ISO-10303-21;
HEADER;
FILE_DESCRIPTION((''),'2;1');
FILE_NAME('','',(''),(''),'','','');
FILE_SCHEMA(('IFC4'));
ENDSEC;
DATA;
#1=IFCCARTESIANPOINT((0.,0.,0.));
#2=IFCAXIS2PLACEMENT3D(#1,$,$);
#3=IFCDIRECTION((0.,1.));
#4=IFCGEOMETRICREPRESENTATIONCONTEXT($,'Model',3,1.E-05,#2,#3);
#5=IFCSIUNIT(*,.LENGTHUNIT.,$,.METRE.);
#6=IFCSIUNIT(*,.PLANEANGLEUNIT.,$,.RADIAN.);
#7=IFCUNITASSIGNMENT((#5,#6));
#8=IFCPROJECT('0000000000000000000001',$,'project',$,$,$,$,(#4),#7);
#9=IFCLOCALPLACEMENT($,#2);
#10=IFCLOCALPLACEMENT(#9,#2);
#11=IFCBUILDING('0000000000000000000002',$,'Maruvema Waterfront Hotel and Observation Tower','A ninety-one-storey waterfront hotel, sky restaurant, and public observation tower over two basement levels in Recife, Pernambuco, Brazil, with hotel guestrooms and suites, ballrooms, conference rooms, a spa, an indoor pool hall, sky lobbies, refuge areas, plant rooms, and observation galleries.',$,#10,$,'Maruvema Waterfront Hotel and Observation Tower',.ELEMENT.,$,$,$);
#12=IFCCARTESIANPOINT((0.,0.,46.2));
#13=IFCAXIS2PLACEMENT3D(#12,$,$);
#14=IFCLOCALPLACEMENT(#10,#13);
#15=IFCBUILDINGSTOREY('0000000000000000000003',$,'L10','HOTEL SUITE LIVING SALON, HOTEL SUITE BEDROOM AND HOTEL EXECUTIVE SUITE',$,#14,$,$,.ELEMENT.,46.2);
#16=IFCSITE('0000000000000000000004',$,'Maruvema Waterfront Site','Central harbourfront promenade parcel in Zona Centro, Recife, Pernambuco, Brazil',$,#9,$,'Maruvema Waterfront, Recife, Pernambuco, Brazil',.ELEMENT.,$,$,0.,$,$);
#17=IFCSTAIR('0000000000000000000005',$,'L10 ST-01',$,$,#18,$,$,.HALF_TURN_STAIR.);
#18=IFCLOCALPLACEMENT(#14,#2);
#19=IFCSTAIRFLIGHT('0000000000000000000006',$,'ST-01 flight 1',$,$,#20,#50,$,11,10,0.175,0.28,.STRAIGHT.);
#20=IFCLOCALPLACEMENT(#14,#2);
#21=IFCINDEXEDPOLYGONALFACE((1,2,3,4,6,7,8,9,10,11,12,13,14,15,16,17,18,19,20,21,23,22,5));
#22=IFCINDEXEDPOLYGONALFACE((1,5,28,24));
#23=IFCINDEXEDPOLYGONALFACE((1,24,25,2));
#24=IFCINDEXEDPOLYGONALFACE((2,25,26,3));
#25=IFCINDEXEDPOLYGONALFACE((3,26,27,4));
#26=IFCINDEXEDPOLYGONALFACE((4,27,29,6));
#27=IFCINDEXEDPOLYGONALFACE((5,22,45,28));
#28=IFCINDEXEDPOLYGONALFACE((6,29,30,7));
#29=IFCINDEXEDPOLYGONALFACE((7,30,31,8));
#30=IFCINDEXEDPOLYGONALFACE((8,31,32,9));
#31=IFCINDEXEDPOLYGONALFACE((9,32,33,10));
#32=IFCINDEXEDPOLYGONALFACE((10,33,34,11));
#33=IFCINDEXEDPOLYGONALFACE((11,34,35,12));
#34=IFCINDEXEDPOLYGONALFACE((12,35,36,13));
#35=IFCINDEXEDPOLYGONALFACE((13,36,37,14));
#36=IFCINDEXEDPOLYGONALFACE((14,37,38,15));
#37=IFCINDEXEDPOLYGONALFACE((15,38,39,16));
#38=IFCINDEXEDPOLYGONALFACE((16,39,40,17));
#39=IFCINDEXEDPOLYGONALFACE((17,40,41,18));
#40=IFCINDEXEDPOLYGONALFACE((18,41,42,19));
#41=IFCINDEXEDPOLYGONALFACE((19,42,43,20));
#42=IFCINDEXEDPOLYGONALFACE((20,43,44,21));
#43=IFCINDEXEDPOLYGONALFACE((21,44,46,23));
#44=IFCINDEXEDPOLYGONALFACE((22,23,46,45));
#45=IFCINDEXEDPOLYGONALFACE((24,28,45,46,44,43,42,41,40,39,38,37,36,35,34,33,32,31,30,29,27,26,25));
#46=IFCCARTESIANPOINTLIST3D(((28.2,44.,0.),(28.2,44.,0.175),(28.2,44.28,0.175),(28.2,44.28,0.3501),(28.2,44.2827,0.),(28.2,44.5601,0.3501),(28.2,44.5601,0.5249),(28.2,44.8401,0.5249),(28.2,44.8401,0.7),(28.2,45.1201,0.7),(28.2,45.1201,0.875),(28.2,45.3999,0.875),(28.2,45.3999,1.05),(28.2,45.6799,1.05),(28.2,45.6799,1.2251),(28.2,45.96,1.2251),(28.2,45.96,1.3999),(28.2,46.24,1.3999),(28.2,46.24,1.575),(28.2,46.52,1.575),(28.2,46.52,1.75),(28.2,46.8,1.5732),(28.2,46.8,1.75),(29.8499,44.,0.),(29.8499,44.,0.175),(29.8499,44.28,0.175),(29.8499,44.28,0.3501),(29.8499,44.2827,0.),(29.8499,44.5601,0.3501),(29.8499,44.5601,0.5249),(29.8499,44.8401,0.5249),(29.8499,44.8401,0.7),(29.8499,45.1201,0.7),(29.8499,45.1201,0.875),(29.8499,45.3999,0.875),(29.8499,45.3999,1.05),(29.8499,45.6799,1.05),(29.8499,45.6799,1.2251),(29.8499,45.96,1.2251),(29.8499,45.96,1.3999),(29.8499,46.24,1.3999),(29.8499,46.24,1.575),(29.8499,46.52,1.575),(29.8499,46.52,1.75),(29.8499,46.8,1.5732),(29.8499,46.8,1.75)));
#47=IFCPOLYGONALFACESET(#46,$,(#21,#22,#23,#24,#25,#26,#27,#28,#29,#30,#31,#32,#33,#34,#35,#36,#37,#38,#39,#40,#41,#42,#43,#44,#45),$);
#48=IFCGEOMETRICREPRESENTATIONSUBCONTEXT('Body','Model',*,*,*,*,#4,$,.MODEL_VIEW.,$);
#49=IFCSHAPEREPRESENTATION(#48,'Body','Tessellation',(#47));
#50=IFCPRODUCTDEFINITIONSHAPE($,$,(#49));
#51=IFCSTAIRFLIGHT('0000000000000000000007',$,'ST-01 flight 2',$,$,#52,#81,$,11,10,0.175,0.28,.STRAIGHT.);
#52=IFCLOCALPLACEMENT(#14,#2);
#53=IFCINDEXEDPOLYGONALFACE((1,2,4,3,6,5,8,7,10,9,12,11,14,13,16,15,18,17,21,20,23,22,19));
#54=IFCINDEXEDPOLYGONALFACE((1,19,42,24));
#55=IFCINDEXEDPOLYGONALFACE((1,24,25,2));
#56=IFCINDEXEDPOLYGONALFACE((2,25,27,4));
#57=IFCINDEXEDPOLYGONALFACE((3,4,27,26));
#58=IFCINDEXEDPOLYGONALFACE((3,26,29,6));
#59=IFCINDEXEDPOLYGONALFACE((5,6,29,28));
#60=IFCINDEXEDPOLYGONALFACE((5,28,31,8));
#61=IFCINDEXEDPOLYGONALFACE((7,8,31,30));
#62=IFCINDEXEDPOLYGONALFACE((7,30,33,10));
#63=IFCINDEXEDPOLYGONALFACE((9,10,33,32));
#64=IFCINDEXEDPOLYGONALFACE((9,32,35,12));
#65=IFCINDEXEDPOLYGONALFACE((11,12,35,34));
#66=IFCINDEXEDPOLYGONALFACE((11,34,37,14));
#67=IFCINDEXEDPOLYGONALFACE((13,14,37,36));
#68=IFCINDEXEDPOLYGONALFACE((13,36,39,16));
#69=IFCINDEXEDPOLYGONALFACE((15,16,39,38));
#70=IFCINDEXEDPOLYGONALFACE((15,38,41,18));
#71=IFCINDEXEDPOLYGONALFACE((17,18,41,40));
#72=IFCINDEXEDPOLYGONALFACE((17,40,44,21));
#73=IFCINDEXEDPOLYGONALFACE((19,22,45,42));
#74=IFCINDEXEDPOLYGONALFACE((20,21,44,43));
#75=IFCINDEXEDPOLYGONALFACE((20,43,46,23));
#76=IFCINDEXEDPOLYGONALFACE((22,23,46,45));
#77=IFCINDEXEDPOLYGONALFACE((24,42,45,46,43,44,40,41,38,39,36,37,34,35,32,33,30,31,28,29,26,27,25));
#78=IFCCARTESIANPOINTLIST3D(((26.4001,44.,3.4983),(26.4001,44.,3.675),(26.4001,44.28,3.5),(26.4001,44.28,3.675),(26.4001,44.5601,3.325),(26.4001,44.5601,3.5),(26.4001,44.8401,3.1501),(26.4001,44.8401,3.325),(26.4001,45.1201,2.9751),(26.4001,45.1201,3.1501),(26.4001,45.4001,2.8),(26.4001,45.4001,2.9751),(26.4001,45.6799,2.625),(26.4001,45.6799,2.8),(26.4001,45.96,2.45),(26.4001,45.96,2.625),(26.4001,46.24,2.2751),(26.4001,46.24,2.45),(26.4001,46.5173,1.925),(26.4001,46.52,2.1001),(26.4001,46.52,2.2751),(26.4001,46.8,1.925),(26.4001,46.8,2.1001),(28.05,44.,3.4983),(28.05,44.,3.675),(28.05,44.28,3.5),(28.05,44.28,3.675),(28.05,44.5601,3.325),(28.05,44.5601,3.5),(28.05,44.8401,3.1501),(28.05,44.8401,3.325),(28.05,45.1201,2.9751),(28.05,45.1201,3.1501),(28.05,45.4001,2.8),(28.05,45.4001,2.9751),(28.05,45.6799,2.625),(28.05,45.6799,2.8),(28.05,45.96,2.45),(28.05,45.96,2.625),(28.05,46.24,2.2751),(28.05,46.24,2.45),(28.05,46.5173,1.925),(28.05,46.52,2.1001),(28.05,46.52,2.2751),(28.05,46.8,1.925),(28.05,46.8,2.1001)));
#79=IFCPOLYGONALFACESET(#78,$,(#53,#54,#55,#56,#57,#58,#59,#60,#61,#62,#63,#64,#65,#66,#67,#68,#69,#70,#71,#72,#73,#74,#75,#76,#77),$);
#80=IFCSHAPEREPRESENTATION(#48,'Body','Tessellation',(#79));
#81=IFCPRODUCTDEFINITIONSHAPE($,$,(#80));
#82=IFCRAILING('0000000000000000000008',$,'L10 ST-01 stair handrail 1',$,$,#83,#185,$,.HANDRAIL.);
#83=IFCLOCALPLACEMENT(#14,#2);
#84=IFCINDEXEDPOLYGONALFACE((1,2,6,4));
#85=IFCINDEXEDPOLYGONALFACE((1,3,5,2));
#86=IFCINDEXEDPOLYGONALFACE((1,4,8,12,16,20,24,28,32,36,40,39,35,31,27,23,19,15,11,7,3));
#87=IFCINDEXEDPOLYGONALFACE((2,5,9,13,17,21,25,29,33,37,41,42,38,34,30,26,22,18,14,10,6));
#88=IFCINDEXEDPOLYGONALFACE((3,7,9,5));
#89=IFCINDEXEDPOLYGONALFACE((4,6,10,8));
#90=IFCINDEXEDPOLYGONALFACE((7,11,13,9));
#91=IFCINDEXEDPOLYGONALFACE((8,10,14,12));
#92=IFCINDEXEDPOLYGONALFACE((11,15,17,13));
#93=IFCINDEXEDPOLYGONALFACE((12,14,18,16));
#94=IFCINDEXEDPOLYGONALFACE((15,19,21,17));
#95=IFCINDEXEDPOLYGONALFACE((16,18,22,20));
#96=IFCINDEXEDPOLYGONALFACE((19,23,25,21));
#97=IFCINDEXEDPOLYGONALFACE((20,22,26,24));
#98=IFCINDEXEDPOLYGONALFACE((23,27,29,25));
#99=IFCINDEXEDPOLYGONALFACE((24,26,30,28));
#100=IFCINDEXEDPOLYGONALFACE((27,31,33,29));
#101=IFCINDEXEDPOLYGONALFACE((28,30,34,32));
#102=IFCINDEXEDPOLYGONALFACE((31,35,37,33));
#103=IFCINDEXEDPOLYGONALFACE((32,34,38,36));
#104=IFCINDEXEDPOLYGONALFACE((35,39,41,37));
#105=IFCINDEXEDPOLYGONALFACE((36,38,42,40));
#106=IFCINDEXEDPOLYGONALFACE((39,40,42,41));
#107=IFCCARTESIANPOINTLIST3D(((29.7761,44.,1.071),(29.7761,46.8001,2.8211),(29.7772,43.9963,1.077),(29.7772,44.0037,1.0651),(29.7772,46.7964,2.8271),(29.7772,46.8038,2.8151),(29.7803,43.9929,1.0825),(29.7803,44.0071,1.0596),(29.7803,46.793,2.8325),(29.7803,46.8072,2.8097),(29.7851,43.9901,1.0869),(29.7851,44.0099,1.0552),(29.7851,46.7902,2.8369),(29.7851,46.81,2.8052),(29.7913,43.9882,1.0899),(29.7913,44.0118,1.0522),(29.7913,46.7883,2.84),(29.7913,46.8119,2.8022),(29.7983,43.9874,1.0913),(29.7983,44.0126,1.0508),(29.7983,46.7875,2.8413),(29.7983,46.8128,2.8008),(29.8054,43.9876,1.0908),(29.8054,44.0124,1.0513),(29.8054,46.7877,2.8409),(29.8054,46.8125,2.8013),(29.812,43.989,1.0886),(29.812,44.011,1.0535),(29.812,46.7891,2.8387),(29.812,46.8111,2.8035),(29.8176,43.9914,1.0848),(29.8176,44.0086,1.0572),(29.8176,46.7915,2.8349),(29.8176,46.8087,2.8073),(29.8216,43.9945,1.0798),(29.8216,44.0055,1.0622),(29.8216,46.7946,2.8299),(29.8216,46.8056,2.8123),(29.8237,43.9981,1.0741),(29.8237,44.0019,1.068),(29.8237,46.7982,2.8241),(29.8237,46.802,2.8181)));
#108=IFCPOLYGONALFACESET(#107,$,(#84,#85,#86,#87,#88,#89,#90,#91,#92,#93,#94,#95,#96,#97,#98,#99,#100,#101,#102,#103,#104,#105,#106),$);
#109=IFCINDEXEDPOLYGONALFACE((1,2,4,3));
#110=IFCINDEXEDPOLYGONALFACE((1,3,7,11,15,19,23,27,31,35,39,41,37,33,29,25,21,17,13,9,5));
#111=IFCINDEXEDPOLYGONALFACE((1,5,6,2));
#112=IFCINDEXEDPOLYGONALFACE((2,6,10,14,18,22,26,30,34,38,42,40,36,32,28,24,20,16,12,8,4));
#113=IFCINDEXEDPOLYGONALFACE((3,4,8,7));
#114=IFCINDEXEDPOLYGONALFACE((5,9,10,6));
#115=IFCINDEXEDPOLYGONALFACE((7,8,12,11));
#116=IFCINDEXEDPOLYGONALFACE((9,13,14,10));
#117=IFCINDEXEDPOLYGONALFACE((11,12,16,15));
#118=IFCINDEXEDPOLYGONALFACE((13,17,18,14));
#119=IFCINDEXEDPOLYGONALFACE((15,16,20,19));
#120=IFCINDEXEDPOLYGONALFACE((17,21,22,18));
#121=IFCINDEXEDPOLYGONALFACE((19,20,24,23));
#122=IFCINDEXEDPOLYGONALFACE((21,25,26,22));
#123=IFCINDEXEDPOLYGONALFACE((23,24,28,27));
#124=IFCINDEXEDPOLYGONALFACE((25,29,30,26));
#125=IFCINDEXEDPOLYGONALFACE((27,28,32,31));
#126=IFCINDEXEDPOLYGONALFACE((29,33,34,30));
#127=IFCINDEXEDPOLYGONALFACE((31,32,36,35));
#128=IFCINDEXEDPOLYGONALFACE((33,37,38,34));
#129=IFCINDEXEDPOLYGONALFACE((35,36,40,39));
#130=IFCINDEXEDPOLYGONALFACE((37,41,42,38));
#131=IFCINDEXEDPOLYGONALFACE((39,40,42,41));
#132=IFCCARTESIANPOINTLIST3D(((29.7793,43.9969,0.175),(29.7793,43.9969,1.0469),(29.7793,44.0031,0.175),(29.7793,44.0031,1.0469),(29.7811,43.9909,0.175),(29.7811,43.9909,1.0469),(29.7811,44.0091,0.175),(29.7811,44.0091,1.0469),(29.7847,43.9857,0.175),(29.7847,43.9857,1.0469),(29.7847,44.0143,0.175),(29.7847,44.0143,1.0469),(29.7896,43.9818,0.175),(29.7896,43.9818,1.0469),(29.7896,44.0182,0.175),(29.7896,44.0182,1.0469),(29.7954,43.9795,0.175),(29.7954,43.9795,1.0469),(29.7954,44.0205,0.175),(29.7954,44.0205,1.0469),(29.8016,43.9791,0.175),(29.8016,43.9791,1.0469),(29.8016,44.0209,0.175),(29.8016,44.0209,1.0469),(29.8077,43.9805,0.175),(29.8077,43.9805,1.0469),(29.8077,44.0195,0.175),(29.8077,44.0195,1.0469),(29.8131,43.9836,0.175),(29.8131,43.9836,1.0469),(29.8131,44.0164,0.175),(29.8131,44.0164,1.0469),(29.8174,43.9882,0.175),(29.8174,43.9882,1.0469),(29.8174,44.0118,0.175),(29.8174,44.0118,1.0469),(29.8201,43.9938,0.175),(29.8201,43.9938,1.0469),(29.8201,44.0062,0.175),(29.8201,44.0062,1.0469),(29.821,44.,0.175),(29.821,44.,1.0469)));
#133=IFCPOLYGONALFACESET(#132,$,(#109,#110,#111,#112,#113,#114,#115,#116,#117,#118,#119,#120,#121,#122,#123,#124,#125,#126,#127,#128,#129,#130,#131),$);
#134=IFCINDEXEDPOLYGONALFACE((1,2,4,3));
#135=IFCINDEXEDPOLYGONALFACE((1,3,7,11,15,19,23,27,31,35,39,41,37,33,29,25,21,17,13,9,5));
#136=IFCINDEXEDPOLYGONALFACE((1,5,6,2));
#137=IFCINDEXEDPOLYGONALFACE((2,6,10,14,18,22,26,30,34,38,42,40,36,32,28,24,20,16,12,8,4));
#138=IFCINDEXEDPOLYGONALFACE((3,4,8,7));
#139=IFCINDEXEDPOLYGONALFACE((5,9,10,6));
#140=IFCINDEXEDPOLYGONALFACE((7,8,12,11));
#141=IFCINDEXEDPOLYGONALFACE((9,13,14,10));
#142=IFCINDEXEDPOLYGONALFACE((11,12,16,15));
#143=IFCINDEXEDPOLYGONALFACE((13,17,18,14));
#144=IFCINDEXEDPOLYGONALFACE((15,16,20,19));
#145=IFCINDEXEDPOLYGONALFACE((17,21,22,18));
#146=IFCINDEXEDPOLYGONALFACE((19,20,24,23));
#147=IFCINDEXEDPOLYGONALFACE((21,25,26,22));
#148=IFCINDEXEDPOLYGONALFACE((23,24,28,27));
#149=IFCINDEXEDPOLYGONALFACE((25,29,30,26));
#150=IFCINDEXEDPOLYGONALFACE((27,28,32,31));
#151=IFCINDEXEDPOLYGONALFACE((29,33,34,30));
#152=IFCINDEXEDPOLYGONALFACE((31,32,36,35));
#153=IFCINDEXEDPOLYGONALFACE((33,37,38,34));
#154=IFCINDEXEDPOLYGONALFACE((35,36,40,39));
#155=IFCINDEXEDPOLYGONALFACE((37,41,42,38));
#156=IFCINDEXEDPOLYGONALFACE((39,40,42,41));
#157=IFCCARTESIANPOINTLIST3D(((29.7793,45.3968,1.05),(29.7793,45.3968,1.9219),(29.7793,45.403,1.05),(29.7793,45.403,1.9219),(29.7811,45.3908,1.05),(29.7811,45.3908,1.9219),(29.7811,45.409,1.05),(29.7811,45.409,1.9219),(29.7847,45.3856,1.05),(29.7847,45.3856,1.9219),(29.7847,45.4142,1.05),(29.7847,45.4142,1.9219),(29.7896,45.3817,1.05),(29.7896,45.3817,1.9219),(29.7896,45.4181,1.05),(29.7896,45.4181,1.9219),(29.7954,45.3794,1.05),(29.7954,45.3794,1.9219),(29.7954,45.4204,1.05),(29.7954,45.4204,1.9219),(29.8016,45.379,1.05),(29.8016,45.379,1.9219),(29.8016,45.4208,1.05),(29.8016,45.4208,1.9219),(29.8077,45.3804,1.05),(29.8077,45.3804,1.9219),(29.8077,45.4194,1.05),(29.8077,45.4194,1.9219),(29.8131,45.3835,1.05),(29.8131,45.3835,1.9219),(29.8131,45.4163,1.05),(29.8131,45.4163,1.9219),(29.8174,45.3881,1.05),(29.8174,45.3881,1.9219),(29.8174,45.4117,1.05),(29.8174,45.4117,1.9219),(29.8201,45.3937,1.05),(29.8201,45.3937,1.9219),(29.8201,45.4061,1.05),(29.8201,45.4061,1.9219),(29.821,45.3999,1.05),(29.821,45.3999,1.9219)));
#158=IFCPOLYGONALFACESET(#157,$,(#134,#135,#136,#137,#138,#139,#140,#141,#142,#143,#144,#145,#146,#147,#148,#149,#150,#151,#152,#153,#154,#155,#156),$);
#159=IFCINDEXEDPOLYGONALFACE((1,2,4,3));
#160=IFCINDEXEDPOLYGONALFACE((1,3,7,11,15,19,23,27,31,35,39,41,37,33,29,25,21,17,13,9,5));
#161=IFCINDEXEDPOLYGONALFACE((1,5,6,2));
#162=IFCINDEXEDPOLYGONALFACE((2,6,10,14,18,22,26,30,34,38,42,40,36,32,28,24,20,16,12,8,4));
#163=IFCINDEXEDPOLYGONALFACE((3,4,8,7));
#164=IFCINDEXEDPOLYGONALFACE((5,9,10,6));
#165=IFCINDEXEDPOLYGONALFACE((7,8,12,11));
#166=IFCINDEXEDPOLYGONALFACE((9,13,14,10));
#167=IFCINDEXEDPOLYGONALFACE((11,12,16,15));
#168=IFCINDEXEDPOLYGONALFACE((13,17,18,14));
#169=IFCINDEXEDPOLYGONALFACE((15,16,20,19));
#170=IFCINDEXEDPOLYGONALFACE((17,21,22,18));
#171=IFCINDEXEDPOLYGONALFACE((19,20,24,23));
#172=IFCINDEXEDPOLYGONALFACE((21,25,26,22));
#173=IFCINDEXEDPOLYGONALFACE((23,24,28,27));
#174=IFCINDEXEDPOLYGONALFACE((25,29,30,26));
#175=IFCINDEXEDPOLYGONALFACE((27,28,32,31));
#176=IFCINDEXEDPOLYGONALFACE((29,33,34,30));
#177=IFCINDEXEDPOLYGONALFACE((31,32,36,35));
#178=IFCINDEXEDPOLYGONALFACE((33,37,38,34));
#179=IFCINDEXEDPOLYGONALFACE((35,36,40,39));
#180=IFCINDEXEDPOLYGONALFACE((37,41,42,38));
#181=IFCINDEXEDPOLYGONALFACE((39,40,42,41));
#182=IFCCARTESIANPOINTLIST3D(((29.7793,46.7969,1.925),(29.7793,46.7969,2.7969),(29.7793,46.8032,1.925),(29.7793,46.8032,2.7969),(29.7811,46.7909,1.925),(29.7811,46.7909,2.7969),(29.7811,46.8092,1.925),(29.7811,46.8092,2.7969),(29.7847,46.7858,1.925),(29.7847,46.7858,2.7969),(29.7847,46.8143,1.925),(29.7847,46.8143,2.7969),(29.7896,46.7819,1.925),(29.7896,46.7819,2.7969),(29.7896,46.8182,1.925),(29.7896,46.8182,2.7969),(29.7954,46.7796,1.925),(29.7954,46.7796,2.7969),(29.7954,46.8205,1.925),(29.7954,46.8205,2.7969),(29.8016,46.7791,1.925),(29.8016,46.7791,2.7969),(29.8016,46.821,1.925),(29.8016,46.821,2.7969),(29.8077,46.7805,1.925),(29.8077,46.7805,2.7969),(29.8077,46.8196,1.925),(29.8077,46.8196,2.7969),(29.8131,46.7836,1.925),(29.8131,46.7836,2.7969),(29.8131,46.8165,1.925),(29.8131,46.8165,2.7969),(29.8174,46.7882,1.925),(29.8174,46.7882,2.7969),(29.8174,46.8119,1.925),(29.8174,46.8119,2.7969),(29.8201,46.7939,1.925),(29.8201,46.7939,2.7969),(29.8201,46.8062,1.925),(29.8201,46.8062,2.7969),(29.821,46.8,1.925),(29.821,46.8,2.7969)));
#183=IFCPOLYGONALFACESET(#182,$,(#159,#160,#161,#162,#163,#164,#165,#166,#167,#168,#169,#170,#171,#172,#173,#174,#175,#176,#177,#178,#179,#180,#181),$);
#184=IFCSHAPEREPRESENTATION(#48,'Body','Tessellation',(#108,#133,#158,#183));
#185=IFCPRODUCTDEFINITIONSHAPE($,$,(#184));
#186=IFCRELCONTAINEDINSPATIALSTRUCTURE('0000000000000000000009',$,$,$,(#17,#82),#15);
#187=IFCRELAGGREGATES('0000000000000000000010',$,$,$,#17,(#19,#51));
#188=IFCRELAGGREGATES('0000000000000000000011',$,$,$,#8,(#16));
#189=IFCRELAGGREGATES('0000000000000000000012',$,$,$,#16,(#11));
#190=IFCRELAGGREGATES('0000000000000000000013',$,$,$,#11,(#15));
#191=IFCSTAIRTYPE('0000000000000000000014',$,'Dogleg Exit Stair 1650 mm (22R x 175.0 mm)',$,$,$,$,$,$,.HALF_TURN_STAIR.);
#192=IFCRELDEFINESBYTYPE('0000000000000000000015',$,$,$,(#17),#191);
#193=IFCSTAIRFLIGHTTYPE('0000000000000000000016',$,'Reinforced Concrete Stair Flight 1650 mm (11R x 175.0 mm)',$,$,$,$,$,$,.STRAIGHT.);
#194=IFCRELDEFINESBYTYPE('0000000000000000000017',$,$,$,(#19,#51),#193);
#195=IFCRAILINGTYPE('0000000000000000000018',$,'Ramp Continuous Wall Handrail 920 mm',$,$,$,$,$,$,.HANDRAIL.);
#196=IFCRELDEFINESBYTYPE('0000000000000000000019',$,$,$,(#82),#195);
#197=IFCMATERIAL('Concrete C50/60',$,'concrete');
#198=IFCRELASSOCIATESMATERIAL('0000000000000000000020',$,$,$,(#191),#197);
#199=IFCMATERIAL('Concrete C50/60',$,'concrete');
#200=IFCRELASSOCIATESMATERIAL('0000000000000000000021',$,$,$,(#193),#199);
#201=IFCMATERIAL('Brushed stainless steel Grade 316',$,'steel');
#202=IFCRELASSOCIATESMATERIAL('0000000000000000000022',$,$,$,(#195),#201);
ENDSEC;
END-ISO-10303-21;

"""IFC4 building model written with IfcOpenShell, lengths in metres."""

from ifc_helpers import new_model, si_unit, direction, frame, origin, origin_2d, place, context, subcontext, project, spatial, polyline, circle, outline, extrude, material, type_object, element, aggregate, save


model = new_model("IFC4")

# Units and contexts
model_context = context("Model", 3, precision=1e-05, world=origin(), true_north=direction((0.0, 1.0)))
body_context = subcontext(model_context, "Body", "Model", "MODEL_VIEW")
ifc_project = project(units=[si_unit("LENGTHUNIT", "METRE"), si_unit("PLANEANGLEUNIT", "RADIAN")], contexts=[model_context])

# Site, building, storey
site_placement = place(None, origin())
site = spatial("IfcSite", under=ifc_project, at=site_placement, Name="Maruvema Waterfront Site", Description="Central harbourfront promenade parcel in Zona Centro, Recife, Pernambuco, Brazil", LongName="Maruvema Waterfront, Recife, Pernambuco, Brazil", CompositionType="ELEMENT", RefElevation=0.0)
building_placement = place(site_placement, origin())
building = spatial("IfcBuilding", under=site, at=building_placement, Name="Maruvema Waterfront Hotel and Observation Tower", Description="A ninety-one-storey waterfront hotel, sky restaurant, and public observation tower over two basement levels in Recife, Pernambuco, Brazil, with hotel guestrooms and suites, ballrooms, conference rooms, a spa, an indoor pool hall, sky lobbies, refuge areas, plant rooms, and observation galleries.", LongName="Maruvema Waterfront Hotel and Observation Tower", CompositionType="ELEMENT")
storey_placement = place(building_placement, frame((0.0, 0.0, 46.2)))
storey = spatial("IfcBuildingStorey", under=building, at=storey_placement, Name="L10", Description="HOTEL SUITE LIVING SALON, HOTEL SUITE BEDROOM AND HOTEL EXECUTIVE SUITE", CompositionType="ELEMENT", Elevation=46.2)

# Stair, stair flights
ifc_material_1 = material(Name="Concrete C50/60", Category="concrete")
stair_type = type_object("IfcStairType", Name="Dogleg Exit Stair 1650 mm (22R x 175.0 mm)", PredefinedType="HALF_TURN_STAIR", material=ifc_material_1)
stair_placement = place(storey_placement, origin())
stair = element("IfcStair", 1, at=stair_placement, inside=storey, type_object=stair_type, Name="L10 ST-01", PredefinedType="HALF_TURN_STAIR")
ifc_material_2 = material(Name="Concrete C50/60", Category="concrete")
stair_flight_type = type_object("IfcStairFlightType", Name="Reinforced Concrete Stair Flight 1650 mm (11R x 175.0 mm)", PredefinedType="STRAIGHT", material=ifc_material_2)
stair_flight_1_placement = place(storey_placement, frame((29.0249, 44.0, 0.0), z_axis=(0.0, 0.0, 1.0), x_axis=(0.0, 1.0, 0.0)))
stair_flight_1 = element("IfcStairFlight", 2, at=stair_flight_1_placement, type_object=stair_flight_type, Name="ST-01 flight 1", NumberOfRisers=11, NumberOfTreads=10, PredefinedType="STRAIGHT", RiserHeight=0.175, TreadLength=0.28, context=body_context, shape_type="SweptSolid", body=[
    extrude(outline(polyline([(0.0, 0.0), (0.0, 0.175), (0.28, 0.175), (0.28, 0.3501), (0.5601, 0.3501), (0.5601, 0.5249), (0.8401, 0.5249), (0.8401, 0.7), (1.1201, 0.7), (1.1201, 0.875), (1.3999, 0.875), (1.3999, 1.05), (1.6799, 1.05), (1.6799, 1.2251), (1.96, 1.2251), (1.96, 1.3999), (2.24, 1.3999), (2.24, 1.575), (2.52, 1.575), (2.52, 1.75), (2.8, 1.75), (2.8, 1.925), (2.8, 1.5732), (0.2827, 0.0), (0.0, 0.0)])), frame((0.0, 0.825, 0.0), z_axis=(0.0, -1.0, 0.0), x_axis=(1.0, 0.0, 0.0)), (0.0, 0.0, 1.0), 1.6499),
])
stair_flight_2_placement = place(storey_placement, frame((27.2251, 46.8, 1.925), z_axis=(0.0, 0.0, 1.0), x_axis=(0.0, -1.0, 0.0)))
stair_flight_2 = element("IfcStairFlight", 3, at=stair_flight_2_placement, type_object=stair_flight_type, Name="ST-01 flight 2", NumberOfRisers=11, NumberOfTreads=10, PredefinedType="STRAIGHT", RiserHeight=0.175, TreadLength=0.28, context=body_context, shape_type="SweptSolid", body=[
    extrude(outline(polyline([(0.0, 0.0), (0.0, 0.175), (0.28, 0.175), (0.28, 0.3501), (0.5601, 0.3501), (0.5601, 0.5249), (0.8401, 0.5249), (0.8401, 0.7), (1.1201, 0.7), (1.1201, 0.875), (1.3999, 0.875), (1.3999, 1.05), (1.6799, 1.05), (1.6799, 1.2251), (1.96, 1.2251), (1.96, 1.3999), (2.24, 1.3999), (2.24, 1.575), (2.52, 1.575), (2.52, 1.75), (2.8, 1.75), (2.8, 1.925), (2.8, 1.5732), (0.2827, 0.0), (0.0, 0.0)])), frame((0.0, 0.825, 0.0), z_axis=(0.0, -1.0, 0.0), x_axis=(1.0, 0.0, 0.0)), (0.0, 0.0, 1.0), 1.6499),
])
aggregate(stair, [stair_flight_1, stair_flight_2])

# Railing
ifc_material_3 = material(Name="Brushed stainless steel Grade 316", Category="steel")
railing_type_1 = type_object("IfcRailingType", Name="Ramp Continuous Wall Handrail 920 mm", PredefinedType="HANDRAIL", material=ifc_material_3)
railing_1_placement = place(storey_placement, frame((29.8, 44.0, 0.175)))
element("IfcRailing", 4, at=railing_1_placement, inside=storey, type_object=railing_type_1, Name="L10 ST-01 stair handrail 1", PredefinedType="HANDRAIL", context=body_context, shape_type="SweptSolid", body=[
    extrude(circle(Radius=0.0239, at=origin_2d()), frame((0.0, 0.0, 0.896), z_axis=(0.0, 0.848002, 0.529992), x_axis=(-1.0, 0.0, 0.0)), (0.0, 0.0, 1.0), 3.302),
    extrude(circle(Radius=0.021, at=origin_2d()), origin(), (0.0, 0.0, 1.0), 0.8718),
    extrude(circle(Radius=0.021, at=origin_2d()), frame((0.0, 1.3999, 0.875)), (0.0, 0.0, 1.0), 0.8718),
    extrude(circle(Radius=0.021, at=origin_2d()), frame((0.0, 2.8, 1.75)), (0.0, 0.0, 1.0), 0.8718),
])

save(model, "model.ifc")
